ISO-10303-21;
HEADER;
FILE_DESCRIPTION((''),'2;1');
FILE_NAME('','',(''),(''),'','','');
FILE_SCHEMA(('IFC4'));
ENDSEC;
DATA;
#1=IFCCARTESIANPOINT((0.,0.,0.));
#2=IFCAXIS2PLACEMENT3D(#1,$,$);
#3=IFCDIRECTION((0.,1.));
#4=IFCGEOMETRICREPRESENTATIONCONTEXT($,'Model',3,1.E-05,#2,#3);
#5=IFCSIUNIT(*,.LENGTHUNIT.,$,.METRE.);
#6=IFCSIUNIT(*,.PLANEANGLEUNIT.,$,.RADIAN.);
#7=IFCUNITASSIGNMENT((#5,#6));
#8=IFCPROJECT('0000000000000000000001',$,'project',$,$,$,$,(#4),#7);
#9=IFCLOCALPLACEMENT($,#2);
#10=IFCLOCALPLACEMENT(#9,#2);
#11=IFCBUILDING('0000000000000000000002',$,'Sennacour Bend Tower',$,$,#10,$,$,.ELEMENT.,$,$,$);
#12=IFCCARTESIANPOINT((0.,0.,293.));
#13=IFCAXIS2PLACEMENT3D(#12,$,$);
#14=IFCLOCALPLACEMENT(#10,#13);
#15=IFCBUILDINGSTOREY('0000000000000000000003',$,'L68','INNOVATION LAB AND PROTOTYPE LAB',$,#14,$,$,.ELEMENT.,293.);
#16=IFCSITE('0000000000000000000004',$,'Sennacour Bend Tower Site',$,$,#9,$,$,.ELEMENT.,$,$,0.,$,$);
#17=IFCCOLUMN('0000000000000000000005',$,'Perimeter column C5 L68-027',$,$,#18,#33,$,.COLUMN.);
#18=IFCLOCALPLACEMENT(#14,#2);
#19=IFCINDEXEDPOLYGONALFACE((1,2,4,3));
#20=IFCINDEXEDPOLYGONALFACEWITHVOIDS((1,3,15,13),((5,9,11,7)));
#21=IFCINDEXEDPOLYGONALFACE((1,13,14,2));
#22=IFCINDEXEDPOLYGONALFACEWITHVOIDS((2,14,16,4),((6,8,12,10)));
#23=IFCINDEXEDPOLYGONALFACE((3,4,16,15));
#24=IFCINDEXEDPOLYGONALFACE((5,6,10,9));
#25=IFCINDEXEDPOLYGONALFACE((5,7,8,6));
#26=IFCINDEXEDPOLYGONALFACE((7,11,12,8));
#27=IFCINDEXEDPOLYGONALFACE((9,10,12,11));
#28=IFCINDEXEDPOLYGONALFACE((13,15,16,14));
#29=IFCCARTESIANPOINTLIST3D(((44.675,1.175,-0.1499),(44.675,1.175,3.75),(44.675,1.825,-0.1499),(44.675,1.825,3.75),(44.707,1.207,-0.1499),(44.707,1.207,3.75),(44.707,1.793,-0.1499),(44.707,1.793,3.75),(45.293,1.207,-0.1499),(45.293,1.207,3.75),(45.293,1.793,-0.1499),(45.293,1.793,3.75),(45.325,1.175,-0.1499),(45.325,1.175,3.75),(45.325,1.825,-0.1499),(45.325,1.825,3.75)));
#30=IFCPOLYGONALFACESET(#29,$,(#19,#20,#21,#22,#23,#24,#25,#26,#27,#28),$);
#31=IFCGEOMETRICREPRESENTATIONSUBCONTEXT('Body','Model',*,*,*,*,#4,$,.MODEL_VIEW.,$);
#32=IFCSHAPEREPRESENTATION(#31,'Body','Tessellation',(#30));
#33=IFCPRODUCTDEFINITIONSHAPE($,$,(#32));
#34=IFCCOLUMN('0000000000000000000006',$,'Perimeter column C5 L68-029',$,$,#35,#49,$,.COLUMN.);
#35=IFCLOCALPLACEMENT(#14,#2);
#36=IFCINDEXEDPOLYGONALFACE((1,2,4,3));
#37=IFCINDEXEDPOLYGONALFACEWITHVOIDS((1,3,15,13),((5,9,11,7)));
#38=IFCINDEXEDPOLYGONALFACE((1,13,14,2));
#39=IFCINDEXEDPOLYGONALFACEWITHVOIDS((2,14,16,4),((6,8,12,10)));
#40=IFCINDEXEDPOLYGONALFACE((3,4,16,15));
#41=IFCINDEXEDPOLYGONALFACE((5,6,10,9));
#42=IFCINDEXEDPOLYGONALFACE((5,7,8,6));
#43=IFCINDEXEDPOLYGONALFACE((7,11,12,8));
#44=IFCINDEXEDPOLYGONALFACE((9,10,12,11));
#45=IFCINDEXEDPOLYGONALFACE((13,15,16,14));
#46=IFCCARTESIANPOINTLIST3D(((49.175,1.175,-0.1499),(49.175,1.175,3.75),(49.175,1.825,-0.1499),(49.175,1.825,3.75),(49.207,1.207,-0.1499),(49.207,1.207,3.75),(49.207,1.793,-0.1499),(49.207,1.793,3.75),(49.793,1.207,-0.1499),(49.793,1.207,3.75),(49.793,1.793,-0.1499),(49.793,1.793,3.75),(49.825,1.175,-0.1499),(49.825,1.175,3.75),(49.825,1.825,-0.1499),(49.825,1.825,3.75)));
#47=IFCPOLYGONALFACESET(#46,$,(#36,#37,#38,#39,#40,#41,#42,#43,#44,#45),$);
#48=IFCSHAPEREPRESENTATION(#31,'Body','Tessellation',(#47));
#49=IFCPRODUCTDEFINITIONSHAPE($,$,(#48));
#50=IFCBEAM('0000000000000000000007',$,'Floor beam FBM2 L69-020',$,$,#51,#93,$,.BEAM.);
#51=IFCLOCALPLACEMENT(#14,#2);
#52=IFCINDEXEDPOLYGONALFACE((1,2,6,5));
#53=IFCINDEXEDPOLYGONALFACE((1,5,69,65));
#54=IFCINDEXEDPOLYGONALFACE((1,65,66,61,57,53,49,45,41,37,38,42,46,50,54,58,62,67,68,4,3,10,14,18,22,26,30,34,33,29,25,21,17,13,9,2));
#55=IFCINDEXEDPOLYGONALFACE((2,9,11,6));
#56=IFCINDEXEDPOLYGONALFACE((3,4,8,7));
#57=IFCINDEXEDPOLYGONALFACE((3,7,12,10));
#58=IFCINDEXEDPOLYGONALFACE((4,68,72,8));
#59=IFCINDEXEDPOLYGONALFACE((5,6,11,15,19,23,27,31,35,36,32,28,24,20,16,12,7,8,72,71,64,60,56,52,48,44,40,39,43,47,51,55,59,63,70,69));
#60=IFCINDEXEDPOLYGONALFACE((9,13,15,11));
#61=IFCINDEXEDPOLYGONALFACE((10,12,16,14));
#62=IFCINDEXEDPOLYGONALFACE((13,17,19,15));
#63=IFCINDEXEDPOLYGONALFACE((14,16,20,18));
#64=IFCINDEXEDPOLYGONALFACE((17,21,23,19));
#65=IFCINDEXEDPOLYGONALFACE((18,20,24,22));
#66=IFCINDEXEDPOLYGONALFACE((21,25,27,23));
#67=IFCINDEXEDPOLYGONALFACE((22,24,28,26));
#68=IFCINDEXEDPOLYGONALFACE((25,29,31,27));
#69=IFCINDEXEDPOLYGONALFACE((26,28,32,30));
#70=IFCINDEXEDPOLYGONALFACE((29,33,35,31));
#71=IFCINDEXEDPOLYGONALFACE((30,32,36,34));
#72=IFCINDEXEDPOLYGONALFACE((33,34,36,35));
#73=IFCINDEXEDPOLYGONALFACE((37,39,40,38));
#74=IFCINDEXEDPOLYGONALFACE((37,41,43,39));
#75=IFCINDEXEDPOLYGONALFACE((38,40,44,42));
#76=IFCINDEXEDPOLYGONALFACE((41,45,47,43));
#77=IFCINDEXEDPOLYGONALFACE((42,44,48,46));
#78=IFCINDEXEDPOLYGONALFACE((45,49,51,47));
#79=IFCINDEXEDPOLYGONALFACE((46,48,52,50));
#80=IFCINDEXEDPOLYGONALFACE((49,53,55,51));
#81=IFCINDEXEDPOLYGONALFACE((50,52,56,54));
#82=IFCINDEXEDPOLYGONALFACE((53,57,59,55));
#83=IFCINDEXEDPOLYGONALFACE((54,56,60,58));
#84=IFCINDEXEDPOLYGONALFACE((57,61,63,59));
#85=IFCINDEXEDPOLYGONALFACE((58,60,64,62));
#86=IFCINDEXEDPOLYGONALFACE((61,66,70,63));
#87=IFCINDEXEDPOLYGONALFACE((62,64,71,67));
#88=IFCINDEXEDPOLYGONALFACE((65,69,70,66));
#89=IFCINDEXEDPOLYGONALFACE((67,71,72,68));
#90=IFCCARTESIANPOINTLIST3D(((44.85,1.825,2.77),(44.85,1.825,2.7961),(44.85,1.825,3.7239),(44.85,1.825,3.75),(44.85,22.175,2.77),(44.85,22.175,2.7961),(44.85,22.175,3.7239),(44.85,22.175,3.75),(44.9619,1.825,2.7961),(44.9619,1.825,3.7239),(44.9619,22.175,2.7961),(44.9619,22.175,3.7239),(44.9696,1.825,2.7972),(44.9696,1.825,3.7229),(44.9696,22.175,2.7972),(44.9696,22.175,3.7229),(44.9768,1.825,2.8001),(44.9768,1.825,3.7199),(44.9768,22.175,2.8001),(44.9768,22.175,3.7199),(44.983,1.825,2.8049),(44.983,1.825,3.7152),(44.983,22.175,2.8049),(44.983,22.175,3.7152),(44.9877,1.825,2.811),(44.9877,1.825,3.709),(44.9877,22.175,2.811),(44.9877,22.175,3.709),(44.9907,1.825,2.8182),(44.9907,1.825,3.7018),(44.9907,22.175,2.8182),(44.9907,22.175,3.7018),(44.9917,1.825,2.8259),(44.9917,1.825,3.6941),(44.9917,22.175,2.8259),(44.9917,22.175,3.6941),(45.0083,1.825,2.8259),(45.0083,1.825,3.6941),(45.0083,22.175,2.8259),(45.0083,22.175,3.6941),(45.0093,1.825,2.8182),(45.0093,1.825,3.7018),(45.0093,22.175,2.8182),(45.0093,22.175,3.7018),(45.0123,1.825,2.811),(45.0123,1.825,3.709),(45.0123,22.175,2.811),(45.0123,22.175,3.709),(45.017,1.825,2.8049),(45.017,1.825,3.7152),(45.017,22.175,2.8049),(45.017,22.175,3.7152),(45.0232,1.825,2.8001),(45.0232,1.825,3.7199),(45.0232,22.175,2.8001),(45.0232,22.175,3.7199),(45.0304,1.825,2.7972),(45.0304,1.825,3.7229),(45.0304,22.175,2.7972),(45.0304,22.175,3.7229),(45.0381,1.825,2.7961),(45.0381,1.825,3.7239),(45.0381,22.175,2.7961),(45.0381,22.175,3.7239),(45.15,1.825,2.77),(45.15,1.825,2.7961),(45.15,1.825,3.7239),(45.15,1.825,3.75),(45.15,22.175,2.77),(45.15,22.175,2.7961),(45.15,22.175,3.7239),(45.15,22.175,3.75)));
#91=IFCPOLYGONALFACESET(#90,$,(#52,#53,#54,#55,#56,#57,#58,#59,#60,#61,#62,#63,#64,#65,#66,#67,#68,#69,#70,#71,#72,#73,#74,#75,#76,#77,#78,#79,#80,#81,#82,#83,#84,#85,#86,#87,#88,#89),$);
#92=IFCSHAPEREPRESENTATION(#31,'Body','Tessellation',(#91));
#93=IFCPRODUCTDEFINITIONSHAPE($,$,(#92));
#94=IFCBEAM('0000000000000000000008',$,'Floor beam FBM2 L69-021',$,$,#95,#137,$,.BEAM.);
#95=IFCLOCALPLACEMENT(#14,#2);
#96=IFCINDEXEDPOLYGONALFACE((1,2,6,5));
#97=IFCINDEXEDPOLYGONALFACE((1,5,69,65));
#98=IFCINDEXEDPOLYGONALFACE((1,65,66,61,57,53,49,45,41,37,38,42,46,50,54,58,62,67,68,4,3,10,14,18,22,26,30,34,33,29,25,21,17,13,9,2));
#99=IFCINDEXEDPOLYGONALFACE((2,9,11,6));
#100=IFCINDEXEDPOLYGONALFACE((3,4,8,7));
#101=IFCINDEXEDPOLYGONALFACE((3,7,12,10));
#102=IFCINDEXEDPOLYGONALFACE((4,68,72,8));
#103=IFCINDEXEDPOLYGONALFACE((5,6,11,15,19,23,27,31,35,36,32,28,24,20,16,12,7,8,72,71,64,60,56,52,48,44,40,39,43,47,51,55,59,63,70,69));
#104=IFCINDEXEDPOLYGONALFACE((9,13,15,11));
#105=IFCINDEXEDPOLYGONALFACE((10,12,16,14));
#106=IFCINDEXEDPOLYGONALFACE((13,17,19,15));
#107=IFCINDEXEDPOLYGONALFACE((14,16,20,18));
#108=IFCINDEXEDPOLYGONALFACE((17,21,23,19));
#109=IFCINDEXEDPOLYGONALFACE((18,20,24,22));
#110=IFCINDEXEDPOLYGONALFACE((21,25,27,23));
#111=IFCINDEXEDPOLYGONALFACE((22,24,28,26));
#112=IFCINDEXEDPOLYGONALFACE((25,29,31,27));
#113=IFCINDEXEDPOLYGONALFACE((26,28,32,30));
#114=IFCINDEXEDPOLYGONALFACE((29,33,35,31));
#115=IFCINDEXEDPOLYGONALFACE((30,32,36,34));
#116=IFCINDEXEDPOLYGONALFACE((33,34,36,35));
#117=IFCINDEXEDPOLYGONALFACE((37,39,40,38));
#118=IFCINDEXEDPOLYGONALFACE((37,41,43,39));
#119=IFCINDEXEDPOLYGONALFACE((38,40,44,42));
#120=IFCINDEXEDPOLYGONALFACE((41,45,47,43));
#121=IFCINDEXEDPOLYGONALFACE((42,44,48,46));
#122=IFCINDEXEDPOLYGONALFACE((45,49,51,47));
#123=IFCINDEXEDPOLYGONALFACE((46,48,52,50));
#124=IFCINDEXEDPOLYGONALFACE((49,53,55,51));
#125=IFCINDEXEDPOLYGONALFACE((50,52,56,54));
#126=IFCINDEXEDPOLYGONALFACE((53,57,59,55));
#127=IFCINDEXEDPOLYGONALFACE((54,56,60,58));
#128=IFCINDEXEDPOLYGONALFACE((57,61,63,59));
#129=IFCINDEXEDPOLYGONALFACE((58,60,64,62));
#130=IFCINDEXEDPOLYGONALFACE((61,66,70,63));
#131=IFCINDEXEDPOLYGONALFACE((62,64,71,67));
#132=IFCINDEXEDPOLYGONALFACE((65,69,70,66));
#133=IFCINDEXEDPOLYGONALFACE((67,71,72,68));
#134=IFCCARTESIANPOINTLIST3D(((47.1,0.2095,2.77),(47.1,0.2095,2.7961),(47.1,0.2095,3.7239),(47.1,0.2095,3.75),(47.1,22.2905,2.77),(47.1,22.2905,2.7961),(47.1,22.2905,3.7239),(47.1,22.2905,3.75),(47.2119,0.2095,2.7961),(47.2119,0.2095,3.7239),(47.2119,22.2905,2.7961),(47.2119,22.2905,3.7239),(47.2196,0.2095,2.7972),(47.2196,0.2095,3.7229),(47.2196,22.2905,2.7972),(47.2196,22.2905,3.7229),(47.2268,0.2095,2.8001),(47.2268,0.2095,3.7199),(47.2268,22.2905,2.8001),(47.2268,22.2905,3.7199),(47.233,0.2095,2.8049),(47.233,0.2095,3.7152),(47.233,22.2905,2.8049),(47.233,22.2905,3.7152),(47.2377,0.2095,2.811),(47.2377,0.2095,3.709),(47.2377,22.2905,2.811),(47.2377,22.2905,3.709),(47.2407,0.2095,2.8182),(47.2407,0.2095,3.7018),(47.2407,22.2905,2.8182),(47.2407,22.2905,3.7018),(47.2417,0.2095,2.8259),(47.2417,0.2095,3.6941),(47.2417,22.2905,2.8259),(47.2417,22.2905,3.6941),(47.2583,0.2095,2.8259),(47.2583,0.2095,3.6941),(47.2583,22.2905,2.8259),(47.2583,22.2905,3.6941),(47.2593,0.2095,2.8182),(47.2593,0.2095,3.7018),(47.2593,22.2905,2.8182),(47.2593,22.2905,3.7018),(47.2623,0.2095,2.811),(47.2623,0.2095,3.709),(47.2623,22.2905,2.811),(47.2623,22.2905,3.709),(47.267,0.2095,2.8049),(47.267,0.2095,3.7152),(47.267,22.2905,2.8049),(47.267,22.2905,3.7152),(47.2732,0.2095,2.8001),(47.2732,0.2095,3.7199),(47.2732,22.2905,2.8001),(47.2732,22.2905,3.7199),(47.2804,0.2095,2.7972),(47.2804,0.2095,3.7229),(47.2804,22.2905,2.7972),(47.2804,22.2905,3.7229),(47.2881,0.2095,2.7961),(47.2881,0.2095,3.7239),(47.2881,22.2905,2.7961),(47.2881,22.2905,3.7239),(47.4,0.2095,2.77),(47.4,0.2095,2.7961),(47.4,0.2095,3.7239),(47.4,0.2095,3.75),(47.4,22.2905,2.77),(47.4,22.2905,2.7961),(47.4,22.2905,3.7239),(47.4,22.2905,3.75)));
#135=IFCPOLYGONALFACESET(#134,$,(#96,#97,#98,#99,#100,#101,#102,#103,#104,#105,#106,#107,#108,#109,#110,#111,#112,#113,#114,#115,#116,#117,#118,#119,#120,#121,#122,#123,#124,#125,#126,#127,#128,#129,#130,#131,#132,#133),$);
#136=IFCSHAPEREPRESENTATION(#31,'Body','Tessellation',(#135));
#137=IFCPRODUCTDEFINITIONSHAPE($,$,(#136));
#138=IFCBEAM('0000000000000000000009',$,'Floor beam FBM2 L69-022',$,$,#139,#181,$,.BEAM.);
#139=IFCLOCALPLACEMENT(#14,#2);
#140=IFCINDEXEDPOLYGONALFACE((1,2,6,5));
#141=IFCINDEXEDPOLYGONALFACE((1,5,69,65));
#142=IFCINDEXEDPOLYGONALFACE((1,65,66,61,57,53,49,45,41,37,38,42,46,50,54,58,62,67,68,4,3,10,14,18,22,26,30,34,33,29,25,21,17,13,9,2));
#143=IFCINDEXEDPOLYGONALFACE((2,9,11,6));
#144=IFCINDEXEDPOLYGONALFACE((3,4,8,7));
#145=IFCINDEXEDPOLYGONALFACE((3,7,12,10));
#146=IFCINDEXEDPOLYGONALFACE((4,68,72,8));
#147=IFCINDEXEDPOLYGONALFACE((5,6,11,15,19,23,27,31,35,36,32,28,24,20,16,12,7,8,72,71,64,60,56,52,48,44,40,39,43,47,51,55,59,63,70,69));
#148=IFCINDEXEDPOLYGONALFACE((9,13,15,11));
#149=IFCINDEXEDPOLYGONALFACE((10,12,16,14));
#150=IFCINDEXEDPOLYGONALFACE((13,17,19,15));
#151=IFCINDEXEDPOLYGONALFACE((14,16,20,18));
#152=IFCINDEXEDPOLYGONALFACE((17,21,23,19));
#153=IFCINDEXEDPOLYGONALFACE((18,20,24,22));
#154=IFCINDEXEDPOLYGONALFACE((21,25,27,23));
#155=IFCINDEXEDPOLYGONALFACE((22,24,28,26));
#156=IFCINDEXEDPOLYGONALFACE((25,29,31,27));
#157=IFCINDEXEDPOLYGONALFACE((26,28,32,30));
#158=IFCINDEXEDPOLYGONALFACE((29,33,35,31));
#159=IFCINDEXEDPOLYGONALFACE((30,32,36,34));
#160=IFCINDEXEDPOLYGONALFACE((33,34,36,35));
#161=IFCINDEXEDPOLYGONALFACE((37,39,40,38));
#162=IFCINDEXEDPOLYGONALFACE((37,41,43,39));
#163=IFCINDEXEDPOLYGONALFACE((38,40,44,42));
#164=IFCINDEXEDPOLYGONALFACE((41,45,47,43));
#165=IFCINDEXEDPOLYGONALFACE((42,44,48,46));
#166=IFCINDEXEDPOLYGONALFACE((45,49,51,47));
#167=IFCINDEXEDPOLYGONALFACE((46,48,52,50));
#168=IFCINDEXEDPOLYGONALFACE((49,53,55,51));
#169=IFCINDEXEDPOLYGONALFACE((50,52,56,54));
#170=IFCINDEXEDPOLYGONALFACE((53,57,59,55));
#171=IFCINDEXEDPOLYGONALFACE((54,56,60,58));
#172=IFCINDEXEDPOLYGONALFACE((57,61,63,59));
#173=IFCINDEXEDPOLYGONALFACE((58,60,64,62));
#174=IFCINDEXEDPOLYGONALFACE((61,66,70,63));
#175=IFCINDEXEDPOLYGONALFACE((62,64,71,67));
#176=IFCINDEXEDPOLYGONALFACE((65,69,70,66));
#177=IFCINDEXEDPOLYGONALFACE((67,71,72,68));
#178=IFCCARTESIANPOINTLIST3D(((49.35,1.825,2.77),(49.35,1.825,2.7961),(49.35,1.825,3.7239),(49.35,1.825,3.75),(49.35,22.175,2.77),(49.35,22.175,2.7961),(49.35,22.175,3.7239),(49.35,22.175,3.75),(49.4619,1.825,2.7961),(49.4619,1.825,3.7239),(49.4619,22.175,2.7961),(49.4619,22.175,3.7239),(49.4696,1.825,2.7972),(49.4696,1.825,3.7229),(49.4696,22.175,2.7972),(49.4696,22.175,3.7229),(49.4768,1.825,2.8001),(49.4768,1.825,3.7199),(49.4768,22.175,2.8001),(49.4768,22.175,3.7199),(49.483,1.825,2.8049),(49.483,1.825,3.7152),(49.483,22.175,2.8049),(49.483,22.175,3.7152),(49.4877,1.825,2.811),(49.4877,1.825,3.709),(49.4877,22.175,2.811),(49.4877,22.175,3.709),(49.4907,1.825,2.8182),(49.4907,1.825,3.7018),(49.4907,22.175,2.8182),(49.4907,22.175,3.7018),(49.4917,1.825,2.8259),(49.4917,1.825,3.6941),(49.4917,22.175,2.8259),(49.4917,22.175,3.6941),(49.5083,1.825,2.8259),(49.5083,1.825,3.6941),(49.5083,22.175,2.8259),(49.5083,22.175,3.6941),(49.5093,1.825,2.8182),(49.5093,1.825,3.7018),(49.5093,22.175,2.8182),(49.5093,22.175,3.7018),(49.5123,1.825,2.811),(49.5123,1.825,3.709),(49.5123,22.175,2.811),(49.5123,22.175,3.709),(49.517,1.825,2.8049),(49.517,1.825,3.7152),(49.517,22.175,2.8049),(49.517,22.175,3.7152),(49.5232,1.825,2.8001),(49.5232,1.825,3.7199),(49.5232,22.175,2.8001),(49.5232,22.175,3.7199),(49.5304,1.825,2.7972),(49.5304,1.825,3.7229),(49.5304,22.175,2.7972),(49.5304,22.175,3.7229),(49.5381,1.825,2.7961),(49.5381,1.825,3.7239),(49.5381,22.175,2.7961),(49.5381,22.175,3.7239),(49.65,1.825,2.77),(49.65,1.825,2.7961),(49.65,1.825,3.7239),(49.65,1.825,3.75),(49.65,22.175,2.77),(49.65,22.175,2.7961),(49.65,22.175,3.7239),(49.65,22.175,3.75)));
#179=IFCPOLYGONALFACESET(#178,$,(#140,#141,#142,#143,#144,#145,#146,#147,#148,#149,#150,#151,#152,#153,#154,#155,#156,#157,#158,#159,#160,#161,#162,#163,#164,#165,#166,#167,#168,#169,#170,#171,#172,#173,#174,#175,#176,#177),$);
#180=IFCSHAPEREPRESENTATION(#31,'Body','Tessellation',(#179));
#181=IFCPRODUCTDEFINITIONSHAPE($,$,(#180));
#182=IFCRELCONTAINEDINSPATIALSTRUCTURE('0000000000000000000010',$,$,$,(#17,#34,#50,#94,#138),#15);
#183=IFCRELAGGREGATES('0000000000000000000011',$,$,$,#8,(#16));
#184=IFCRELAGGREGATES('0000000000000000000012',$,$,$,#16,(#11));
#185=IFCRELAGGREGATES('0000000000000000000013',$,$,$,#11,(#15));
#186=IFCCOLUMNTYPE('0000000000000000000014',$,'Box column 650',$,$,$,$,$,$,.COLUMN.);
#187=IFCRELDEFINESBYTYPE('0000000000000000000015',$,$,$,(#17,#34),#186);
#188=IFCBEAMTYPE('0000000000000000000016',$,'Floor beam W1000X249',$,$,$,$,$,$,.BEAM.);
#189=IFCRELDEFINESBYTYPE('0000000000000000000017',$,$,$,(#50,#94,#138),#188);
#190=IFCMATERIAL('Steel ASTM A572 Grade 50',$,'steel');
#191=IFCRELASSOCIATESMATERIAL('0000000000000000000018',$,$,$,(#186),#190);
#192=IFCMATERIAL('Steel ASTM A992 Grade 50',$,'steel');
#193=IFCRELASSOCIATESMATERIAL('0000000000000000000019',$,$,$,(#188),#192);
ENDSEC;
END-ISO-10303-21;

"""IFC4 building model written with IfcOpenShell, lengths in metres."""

from ifc_helpers import new_model, si_unit, direction, frame, origin, origin_2d, place, context, subcontext, project, spatial, hollow_rectangle, i_section, extrude, material, material_profile, profile_set, type_object, element, save


model = new_model("IFC4")

# Units and contexts
model_context = context("Model", 3, precision=1e-05, world=origin(), true_north=direction((0.0, 1.0)))
body_context = subcontext(model_context, "Body", "Model", "MODEL_VIEW")
ifc_project = project(units=[si_unit("LENGTHUNIT", "METRE"), si_unit("PLANEANGLEUNIT", "RADIAN")], contexts=[model_context])

# Site, building, storey
site_placement = place(None, origin())
site = spatial("IfcSite", under=ifc_project, at=site_placement, Name="Sennacour Bend Tower Site", CompositionType="ELEMENT", RefElevation=0.0)
building_placement = place(site_placement, origin())
building = spatial("IfcBuilding", under=site, at=building_placement, Name="Sennacour Bend Tower", CompositionType="ELEMENT")
storey_placement = place(building_placement, frame((0.0, 0.0, 293.0)))
storey = spatial("IfcBuildingStorey", under=building, at=storey_placement, Name="L68", Description="INNOVATION LAB AND PROTOTYPE LAB", CompositionType="ELEMENT", Elevation=293.0)

# Columns
ifc_material_1 = material(Name="Steel ASTM A572 Grade 50", Category="steel")
ifc_material_profile_1 = material_profile(ifc_material_1, hollow_rectangle(XDim=0.6499, YDim=0.6499, WallThickness=0.032, at=origin_2d()), Name="Steel ASTM A572 Grade 50", Category="steel")
ifc_profile_set_1 = profile_set([ifc_material_profile_1], Name="Steel ASTM A572 Grade 50")
column_type = type_object("IfcColumnType", Name="Box column 650", PredefinedType="COLUMN", material=ifc_profile_set_1)
for number, where, z_axis, x_axis, name in (
    (1, (45.0, 1.5, -0.1499), (0.0, 0.0, 1.0), (1.0, 0.0, 0.0), "Perimeter column C5 L68-027"),
    (2, (49.5, 1.5, -0.1499), (0.0, 0.0, 1.0), (1.0, 0.0, 0.0), "Perimeter column C5 L68-029"),
):
    element("IfcColumn", number, at=place(storey_placement, frame(where, z_axis=z_axis, x_axis=x_axis)), inside=storey, type_object=column_type, Name=name, PredefinedType="COLUMN", context=body_context, shape_type="SweptSolid", body=[
        extrude(hollow_rectangle(XDim=0.6499, YDim=0.6499, WallThickness=0.032, at=origin_2d()), origin(), (0.0, 0.0, 1.0), 3.8999),
    ])

# Beams
ifc_material_2 = material(Name="Steel ASTM A992 Grade 50", Category="steel")
ifc_material_profile_2 = material_profile(ifc_material_2, i_section(OverallWidth=0.3, OverallDepth=0.98, WebThickness=0.0166, FlangeThickness=0.0261, FilletRadius=0.0298, at=origin_2d()), Name="Steel ASTM A992 Grade 50", Category="steel")
ifc_profile_set_2 = profile_set([ifc_material_profile_2], Name="Steel ASTM A992 Grade 50")
beam_type_1 = type_object("IfcBeamType", Name="Floor beam W1000X249", PredefinedType="BEAM", material=ifc_profile_set_2)
beam_1_placement = place(storey_placement, frame((45.0, 1.825, 3.26), z_axis=(0.0, 1.0, 0.0), x_axis=(-1.0, 0.0, 0.0)))
element("IfcBeam", 3, at=beam_1_placement, inside=storey, type_object=beam_type_1, Name="Floor beam FBM2 L69-020", PredefinedType="BEAM", context=body_context, shape_type="SweptSolid", body=[
    extrude(i_section(OverallWidth=0.3, OverallDepth=0.98, WebThickness=0.0166, FlangeThickness=0.0261, FilletRadius=0.0298, at=origin_2d()), origin(), (0.0, 0.0, 1.0), 20.3501),
])
beam_2_placement = place(storey_placement, frame((47.25, 0.2095, 3.26), z_axis=(0.0, 1.0, 0.0), x_axis=(-1.0, 0.0, 0.0)))
element("IfcBeam", 4, at=beam_2_placement, inside=storey, type_object=beam_type_1, Name="Floor beam FBM2 L69-021", PredefinedType="BEAM", context=body_context, shape_type="SweptSolid", body=[
    extrude(i_section(OverallWidth=0.3, OverallDepth=0.98, WebThickness=0.0166, FlangeThickness=0.0261, FilletRadius=0.0298, at=origin_2d()), origin(), (0.0, 0.0, 1.0), 22.0811),
])
beam_3_placement = place(storey_placement, frame((49.5, 1.825, 3.26), z_axis=(0.0, 1.0, 0.0), x_axis=(-1.0, 0.0, 0.0)))
element("IfcBeam", 5, at=beam_3_placement, inside=storey, type_object=beam_type_1, Name="Floor beam FBM2 L69-022", PredefinedType="BEAM", context=body_context, shape_type="SweptSolid", body=[
    extrude(i_section(OverallWidth=0.3, OverallDepth=0.98, WebThickness=0.0166, FlangeThickness=0.0261, FilletRadius=0.0298, at=origin_2d()), origin(), (0.0, 0.0, 1.0), 20.3501),
])

save(model, "model.ifc")
